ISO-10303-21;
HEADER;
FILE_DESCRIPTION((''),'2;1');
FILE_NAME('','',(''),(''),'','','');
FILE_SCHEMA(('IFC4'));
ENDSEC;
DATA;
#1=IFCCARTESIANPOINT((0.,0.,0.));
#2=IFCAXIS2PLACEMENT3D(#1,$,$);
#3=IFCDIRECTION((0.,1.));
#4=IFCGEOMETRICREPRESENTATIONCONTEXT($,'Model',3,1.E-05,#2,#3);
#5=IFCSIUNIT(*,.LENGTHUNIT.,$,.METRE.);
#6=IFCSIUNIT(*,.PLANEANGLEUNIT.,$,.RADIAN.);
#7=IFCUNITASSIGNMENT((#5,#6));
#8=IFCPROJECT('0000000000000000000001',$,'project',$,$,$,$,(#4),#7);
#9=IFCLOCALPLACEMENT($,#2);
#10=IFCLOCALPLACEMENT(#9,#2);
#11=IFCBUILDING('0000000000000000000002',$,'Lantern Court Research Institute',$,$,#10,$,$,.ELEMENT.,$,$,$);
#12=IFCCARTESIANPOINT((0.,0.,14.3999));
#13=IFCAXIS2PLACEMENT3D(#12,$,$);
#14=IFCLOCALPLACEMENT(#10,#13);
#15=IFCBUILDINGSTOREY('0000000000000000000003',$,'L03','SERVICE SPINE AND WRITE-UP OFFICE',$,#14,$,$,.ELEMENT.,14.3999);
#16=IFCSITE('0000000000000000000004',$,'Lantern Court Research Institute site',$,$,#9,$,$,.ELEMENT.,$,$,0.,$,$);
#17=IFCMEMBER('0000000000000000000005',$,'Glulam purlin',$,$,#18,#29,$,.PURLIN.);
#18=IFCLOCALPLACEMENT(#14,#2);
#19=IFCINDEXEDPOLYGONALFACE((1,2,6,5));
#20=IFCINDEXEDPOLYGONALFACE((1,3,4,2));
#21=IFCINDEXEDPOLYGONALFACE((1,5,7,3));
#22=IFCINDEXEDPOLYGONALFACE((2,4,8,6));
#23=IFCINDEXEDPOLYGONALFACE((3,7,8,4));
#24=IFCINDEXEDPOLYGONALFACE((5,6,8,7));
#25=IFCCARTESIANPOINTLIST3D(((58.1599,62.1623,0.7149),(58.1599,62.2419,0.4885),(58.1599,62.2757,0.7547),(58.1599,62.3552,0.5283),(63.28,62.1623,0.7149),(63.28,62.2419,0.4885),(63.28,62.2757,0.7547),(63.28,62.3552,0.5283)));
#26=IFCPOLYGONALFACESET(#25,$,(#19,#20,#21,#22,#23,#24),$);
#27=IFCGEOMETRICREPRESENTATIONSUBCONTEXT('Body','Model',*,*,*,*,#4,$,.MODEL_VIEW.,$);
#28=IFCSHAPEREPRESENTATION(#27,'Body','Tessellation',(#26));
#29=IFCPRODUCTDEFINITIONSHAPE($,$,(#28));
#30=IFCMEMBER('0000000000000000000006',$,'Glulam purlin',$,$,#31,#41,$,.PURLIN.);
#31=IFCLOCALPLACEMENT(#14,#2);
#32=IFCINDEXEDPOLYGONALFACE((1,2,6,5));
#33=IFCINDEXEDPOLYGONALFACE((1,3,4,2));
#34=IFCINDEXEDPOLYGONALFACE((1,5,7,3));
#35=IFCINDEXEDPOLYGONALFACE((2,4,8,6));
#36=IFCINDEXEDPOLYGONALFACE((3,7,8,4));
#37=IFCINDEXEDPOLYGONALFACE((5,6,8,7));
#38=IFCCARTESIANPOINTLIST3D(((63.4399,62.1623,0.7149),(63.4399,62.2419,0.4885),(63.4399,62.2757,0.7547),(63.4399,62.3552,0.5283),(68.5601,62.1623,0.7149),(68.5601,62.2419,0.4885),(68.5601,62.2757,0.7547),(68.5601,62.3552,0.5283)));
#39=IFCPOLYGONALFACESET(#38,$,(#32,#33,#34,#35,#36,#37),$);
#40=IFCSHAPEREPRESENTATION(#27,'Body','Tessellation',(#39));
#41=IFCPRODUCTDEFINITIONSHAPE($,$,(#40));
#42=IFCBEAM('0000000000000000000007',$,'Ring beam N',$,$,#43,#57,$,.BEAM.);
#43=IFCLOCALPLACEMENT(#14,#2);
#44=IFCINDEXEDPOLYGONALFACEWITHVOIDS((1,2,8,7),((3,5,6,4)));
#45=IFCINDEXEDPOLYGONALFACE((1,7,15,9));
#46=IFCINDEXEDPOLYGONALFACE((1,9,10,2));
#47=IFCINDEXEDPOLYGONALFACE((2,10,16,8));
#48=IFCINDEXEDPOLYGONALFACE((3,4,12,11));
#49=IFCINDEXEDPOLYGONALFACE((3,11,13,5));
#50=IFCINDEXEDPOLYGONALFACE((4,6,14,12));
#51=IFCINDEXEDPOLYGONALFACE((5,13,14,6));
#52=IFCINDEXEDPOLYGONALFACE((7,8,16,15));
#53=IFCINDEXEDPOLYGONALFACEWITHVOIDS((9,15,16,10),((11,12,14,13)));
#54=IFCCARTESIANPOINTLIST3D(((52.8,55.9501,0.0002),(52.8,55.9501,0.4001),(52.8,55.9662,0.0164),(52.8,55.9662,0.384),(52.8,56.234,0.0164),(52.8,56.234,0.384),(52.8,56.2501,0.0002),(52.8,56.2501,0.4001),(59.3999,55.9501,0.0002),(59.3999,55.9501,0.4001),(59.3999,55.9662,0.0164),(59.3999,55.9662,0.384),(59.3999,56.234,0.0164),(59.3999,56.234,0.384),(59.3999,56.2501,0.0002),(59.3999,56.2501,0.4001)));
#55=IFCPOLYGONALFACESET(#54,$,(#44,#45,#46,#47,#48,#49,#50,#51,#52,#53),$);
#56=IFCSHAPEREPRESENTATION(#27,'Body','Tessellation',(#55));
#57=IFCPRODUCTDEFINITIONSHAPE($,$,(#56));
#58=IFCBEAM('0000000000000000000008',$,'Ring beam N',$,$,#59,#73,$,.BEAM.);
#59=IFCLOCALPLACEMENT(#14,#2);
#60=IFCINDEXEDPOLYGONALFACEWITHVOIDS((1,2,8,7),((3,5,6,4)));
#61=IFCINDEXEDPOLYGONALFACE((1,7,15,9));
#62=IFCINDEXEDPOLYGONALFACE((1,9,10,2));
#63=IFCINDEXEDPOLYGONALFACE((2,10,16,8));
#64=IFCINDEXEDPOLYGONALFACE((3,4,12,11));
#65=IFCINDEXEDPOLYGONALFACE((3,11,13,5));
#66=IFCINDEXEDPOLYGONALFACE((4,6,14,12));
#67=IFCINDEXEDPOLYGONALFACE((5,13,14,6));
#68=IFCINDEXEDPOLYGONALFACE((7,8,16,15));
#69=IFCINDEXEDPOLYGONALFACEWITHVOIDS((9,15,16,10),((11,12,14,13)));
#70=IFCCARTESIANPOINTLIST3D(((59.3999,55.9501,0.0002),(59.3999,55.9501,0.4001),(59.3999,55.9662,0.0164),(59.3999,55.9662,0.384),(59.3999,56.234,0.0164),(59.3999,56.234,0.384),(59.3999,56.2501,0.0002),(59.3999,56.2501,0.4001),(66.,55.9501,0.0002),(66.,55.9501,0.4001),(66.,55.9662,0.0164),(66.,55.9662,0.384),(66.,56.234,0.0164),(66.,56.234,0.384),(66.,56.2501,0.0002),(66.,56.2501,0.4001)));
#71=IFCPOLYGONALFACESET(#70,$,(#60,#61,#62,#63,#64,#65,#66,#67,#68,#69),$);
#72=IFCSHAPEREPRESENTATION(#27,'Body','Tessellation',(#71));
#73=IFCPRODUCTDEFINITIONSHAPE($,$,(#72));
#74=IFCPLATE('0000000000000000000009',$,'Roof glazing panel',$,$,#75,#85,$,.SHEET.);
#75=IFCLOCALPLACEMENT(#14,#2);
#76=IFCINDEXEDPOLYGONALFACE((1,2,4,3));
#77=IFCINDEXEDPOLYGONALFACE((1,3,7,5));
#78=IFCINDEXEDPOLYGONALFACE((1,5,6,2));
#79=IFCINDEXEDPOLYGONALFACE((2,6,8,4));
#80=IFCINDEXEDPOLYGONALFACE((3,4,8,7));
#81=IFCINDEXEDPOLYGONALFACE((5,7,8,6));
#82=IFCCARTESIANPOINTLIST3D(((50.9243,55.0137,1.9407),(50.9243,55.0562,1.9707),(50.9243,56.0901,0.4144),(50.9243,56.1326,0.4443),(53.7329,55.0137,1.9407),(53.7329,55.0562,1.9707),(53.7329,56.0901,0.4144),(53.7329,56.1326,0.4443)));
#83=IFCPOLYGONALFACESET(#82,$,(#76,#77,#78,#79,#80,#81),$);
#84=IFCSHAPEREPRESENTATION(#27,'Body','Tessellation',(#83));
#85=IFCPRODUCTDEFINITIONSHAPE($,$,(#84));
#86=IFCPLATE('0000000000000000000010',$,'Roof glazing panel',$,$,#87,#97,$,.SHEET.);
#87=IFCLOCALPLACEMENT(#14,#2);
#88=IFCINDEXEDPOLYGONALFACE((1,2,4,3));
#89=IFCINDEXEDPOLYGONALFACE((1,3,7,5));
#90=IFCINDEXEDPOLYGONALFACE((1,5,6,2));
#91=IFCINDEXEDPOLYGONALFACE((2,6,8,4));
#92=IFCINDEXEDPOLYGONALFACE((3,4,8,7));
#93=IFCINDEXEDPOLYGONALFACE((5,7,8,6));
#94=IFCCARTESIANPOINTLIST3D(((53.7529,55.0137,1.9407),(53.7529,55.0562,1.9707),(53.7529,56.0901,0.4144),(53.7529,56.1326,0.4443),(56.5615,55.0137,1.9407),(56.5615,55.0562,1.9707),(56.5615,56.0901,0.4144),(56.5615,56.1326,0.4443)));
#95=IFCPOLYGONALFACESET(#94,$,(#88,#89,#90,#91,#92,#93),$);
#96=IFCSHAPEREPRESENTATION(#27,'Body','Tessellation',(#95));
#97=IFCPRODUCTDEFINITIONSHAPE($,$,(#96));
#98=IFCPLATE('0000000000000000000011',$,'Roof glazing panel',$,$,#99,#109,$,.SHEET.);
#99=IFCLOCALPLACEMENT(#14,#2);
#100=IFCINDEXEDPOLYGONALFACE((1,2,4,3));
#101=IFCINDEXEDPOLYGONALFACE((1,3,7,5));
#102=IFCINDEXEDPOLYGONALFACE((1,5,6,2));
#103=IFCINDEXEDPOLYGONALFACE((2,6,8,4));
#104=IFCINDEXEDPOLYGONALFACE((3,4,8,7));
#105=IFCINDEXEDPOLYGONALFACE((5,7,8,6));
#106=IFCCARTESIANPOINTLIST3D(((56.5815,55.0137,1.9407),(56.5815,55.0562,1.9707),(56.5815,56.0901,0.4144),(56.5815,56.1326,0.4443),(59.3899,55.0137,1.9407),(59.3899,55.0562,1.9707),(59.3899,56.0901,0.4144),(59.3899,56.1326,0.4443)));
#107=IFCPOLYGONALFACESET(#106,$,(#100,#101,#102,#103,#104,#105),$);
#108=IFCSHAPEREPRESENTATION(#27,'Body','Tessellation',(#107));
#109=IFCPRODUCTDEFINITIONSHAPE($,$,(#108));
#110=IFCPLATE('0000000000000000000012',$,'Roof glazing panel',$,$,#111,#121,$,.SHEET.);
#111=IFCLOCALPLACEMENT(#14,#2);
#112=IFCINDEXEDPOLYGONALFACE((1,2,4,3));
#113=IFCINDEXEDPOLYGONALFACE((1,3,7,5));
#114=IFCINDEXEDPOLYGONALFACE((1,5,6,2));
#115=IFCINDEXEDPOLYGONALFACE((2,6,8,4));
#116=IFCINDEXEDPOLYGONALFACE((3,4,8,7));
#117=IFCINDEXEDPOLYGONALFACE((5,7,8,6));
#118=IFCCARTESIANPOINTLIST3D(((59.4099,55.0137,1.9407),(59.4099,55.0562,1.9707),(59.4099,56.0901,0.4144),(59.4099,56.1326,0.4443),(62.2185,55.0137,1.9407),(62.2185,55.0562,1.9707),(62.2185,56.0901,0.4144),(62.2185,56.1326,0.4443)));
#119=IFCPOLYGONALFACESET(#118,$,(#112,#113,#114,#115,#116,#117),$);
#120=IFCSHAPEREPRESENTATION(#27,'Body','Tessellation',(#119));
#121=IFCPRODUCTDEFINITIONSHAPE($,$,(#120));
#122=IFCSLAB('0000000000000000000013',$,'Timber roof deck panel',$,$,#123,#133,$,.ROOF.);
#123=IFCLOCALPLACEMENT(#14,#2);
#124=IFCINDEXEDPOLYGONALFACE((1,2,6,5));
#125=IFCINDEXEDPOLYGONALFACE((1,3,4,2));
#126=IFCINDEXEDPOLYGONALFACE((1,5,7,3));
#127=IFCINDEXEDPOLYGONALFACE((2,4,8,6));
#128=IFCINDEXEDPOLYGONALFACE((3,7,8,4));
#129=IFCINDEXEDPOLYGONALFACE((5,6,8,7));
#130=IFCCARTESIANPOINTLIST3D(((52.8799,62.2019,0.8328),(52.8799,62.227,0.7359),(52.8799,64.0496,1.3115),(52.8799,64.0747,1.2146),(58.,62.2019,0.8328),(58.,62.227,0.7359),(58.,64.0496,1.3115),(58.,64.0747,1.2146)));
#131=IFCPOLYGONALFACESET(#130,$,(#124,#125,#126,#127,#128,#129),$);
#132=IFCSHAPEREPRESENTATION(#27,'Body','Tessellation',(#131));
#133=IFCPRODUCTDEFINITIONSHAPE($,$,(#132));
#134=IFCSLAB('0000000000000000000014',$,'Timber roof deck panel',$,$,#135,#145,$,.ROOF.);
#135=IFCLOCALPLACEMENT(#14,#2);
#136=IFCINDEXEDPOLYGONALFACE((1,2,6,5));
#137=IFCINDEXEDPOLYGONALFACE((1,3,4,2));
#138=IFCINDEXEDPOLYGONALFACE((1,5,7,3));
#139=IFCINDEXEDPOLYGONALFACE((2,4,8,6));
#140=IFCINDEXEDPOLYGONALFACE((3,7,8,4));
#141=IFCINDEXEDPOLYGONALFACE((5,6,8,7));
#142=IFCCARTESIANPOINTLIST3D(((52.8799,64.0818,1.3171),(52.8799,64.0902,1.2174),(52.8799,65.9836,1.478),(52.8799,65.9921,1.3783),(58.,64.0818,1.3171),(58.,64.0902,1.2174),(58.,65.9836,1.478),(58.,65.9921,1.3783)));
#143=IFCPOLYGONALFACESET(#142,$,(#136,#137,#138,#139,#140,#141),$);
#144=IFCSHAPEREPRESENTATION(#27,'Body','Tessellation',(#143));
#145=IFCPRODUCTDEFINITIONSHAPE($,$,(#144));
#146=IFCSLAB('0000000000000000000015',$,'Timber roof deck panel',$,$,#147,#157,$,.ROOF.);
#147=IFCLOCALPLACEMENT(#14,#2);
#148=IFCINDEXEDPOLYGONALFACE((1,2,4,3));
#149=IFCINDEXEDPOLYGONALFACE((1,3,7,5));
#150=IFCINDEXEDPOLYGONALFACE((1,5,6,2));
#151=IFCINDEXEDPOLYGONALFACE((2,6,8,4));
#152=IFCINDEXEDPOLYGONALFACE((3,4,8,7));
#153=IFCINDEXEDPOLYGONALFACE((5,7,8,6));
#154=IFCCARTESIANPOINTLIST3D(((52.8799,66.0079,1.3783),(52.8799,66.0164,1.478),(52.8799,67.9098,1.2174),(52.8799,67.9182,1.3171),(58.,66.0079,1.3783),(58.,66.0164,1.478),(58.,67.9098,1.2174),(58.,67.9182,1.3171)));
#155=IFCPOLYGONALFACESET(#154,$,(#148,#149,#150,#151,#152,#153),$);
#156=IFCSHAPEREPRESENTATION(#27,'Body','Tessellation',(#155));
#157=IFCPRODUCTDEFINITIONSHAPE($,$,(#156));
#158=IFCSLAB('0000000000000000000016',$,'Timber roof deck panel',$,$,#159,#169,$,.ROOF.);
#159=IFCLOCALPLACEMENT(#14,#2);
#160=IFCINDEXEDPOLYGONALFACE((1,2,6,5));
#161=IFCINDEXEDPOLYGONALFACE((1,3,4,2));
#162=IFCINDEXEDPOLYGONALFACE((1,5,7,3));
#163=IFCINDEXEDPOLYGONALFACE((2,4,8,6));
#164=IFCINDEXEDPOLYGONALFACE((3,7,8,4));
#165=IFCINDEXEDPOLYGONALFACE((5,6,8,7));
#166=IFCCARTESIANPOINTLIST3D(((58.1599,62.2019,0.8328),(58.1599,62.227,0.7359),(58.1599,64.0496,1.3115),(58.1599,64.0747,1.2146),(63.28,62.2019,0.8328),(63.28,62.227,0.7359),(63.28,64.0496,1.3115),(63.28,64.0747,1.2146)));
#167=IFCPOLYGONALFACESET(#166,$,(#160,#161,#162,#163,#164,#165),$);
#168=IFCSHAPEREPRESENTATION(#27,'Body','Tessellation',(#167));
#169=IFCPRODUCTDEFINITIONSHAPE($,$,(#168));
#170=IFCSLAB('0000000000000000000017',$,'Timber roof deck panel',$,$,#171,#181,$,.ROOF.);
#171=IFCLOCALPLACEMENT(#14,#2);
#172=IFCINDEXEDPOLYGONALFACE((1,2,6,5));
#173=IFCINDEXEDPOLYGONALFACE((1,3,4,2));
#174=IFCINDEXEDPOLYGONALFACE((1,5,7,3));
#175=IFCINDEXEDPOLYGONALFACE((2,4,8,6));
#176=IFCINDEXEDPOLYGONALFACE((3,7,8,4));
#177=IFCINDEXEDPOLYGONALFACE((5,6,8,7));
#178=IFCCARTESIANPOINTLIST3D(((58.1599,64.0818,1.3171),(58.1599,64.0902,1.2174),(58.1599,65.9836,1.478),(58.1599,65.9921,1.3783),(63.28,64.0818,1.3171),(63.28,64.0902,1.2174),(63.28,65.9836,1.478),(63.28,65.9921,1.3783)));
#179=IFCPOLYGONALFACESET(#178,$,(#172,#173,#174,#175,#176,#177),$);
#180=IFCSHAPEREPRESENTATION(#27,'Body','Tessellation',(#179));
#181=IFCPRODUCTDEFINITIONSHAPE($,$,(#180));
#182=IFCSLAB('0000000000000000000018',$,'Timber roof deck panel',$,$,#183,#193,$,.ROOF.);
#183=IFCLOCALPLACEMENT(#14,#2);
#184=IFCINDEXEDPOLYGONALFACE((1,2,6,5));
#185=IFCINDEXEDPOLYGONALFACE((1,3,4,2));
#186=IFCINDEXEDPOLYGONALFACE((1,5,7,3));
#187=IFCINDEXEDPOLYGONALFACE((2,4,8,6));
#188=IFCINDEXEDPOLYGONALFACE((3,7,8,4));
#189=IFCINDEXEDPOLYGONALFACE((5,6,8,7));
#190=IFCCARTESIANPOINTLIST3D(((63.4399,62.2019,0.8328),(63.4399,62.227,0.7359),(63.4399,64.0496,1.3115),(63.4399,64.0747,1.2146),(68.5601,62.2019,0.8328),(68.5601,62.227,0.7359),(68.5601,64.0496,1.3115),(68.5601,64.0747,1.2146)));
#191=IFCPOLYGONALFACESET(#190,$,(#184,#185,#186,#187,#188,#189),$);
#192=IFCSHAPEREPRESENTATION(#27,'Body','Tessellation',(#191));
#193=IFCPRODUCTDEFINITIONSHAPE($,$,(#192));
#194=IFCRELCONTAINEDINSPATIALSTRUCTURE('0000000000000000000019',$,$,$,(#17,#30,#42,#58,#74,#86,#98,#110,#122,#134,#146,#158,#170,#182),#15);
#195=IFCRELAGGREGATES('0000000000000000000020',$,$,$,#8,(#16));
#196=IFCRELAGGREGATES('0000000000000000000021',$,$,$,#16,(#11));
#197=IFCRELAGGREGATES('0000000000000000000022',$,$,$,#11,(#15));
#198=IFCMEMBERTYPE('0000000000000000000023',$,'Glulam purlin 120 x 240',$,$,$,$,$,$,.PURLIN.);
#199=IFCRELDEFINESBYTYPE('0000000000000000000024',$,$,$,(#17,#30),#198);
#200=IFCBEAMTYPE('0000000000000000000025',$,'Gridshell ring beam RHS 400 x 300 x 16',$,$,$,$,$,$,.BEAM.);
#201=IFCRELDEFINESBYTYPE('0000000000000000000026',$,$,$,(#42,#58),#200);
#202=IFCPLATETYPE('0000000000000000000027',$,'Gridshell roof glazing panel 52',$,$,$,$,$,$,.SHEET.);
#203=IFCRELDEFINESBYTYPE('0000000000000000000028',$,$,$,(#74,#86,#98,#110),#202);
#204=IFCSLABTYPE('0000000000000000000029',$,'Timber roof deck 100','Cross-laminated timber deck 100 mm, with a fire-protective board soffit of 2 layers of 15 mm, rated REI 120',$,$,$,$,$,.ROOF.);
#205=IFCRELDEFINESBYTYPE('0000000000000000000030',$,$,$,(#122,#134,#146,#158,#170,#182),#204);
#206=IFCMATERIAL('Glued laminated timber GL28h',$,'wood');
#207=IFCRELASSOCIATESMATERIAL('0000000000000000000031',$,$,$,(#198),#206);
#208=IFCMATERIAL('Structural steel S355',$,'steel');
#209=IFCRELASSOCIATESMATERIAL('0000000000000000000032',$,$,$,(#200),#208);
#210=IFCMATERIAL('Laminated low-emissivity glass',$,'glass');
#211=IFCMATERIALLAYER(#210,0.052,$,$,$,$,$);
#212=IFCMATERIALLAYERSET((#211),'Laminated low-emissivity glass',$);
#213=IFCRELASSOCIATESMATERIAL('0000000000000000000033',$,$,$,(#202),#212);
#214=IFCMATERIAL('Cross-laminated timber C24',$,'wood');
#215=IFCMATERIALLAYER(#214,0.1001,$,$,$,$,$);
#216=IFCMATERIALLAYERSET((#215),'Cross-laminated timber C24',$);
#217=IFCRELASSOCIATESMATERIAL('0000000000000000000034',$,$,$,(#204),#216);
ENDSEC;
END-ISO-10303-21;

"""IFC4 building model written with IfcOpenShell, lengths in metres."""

from ifc_helpers import new_model, si_unit, direction, frame, origin, origin_2d, place, context, subcontext, project, spatial, polyline, rectangle, hollow_rectangle, outline, extrude, material, layer, layer_set, material_profile, profile_set, type_object, element, save


model = new_model("IFC4")

# Units and contexts
model_context = context("Model", 3, precision=1e-05, world=origin(), true_north=direction((0.0, 1.0)))
body_context = subcontext(model_context, "Body", "Model", "MODEL_VIEW")
ifc_project = project(units=[si_unit("LENGTHUNIT", "METRE"), si_unit("PLANEANGLEUNIT", "RADIAN")], contexts=[model_context])

# Site, building, storey
site_placement = place(None, origin())
site = spatial("IfcSite", under=ifc_project, at=site_placement, Name="Lantern Court Research Institute site", CompositionType="ELEMENT", RefElevation=0.0)
building_placement = place(site_placement, origin())
building = spatial("IfcBuilding", under=site, at=building_placement, Name="Lantern Court Research Institute", CompositionType="ELEMENT")
storey_placement = place(building_placement, frame((0.0, 0.0, 14.3999)))
storey = spatial("IfcBuildingStorey", under=building, at=storey_placement, Name="L03", Description="SERVICE SPINE AND WRITE-UP OFFICE", CompositionType="ELEMENT", Elevation=14.3999)

# Members
ifc_material_1 = material(Name="Glued laminated timber GL28h", Category="wood")
ifc_material_profile_1 = material_profile(ifc_material_1, rectangle(XDim=0.1201, YDim=0.24, at=origin_2d()), Name="Glulam purlin 120 x 240")
ifc_profile_set_1 = profile_set([ifc_material_profile_1], Name="Glued laminated timber GL28h")
member_type_1 = type_object("IfcMemberType", Name="Glulam purlin 120 x 240", PredefinedType="PURLIN", material=ifc_profile_set_1)
for number, where, z_axis, x_axis, name in (
    (1, (58.1599, 62.2588, 0.6216), (1.0, 0.0, 0.0), (0.0, 0.943398, 0.331663), "Glulam purlin"),
    (2, (63.4399, 62.2588, 0.6216), (1.0, 0.0, 0.0), (0.0, 0.943398, 0.331663), "Glulam purlin"),
):
    element("IfcMember", number, at=place(storey_placement, frame(where, z_axis=z_axis, x_axis=x_axis)), inside=storey, type_object=member_type_1, Name=name, PredefinedType="PURLIN", context=body_context, shape_type="SweptSolid", body=[
        extrude(rectangle(XDim=0.1201, YDim=0.24, at=origin_2d()), origin(), (0.0, 0.0, 1.0), 5.1201),
    ])

# Beams
ifc_material_2 = material(Name="Structural steel S355", Category="steel")
ifc_material_profile_2 = material_profile(ifc_material_2, hollow_rectangle(XDim=0.3, YDim=0.3999, WallThickness=0.0161, at=origin_2d()), Name="Gridshell ring beam RHS 400 x 300 x 16")
ifc_profile_set_2 = profile_set([ifc_material_profile_2], Name="Structural steel S355")
beam_type = type_object("IfcBeamType", Name="Gridshell ring beam RHS 400 x 300 x 16", PredefinedType="BEAM", material=ifc_profile_set_2)
beam_1_placement = place(storey_placement, frame((52.8, 56.1001, 0.2002), z_axis=(1.0, 0.0, 0.0), x_axis=(0.0, 1.0, 0.0)))
element("IfcBeam", 3, at=beam_1_placement, inside=storey, type_object=beam_type, Name="Ring beam N", PredefinedType="BEAM", context=body_context, shape_type="SweptSolid", body=[
    extrude(hollow_rectangle(XDim=0.3, YDim=0.3999, WallThickness=0.0161, at=origin_2d()), origin(), (0.0, 0.0, 1.0), 6.5999),
])
beam_2_placement = place(storey_placement, frame((59.3999, 56.1001, 0.2002), z_axis=(1.0, 0.0, 0.0), x_axis=(0.0, 1.0, 0.0)))
element("IfcBeam", 4, at=beam_2_placement, inside=storey, type_object=beam_type, Name="Ring beam N", PredefinedType="BEAM", context=body_context, shape_type="SweptSolid", body=[
    extrude(hollow_rectangle(XDim=0.3, YDim=0.3999, WallThickness=0.0161, at=origin_2d()), origin(), (0.0, 0.0, 1.0), 6.6001),
])

# Plates
ifc_material_3 = material(Name="Laminated low-emissivity glass", Category="glass")
ifc_layer_1 = layer(ifc_material_3, 0.052)
ifc_layer_set_1 = layer_set([ifc_layer_1], Name="Laminated low-emissivity glass")
plate_type = type_object("IfcPlateType", Name="Gridshell roof glazing panel 52", PredefinedType="SHEET", material=ifc_layer_set_1)
for number, where, z_axis, x_axis, name in (
    (5, (53.7329, 55.0562, 1.9707), (0.0, 0.817225, 0.576319), (-1.0, 0.0, 0.0), "Roof glazing panel"),
    (6, (56.5615, 55.0562, 1.9707), (0.0, 0.817225, 0.576319), (-1.0, 0.0, 0.0), "Roof glazing panel"),
):
    element("IfcPlate", number, at=place(storey_placement, frame(where, z_axis=z_axis, x_axis=x_axis)), inside=storey, type_object=plate_type, Name=name, PredefinedType="SHEET", context=body_context, shape_type="SweptSolid", body=[
        extrude(outline(polyline([(0.0, 0.0), (2.8086, 0.0), (2.8086, -1.8677), (0.0, -1.8677), (0.0, 0.0)])), origin(), (0.0, 0.0, -1.0), 0.052),
    ])
plate_1_placement = place(storey_placement, frame((59.3899, 55.0562, 1.9707), z_axis=(0.0, 0.817225, 0.576319), x_axis=(-1.0, 0.0, 0.0)))
element("IfcPlate", 7, at=plate_1_placement, inside=storey, type_object=plate_type, Name="Roof glazing panel", PredefinedType="SHEET", context=body_context, shape_type="SweptSolid", body=[
    extrude(outline(polyline([(0.0, 0.0), (2.8083, 0.0), (2.8083, -1.8677), (0.0, -1.8677), (0.0, 0.0)])), origin(), (0.0, 0.0, -1.0), 0.052),
])
plate_2_placement = place(storey_placement, frame((62.2185, 55.0562, 1.9707), z_axis=(0.0, 0.817225, 0.576319), x_axis=(-1.0, 0.0, 0.0)))
element("IfcPlate", 8, at=plate_2_placement, inside=storey, type_object=plate_type, Name="Roof glazing panel", PredefinedType="SHEET", context=body_context, shape_type="SweptSolid", body=[
    extrude(outline(polyline([(0.0, 0.0), (2.8086, 0.0), (2.8086, -1.8677), (0.0, -1.8677), (0.0, 0.0)])), origin(), (0.0, 0.0, -1.0), 0.052),
])

# Slabs
ifc_material_4 = material(Name="Cross-laminated timber C24", Category="wood")
ifc_layer_2 = layer(ifc_material_4, 0.1001)
ifc_layer_set_2 = layer_set([ifc_layer_2], Name="Cross-laminated timber C24")
slab_type_1 = type_object("IfcSlabType", Name="Timber roof deck 100", Description="Cross-laminated timber deck 100 mm, with a fire-protective board soffit of 2 layers of 15 mm, rated REI 120", PredefinedType="ROOF", material=ifc_layer_set_2)
slab_1_placement = place(storey_placement, frame((52.8799, 62.2019, 0.8328), z_axis=(0.0, -0.250833, 0.96803), x_axis=(1.0, 0.0, 0.0)))
element("IfcSlab", 9, at=slab_1_placement, inside=storey, type_object=slab_type_1, Name="Timber roof deck panel", PredefinedType="ROOF", context=body_context, shape_type="SweptSolid", body=[
    extrude(outline(polyline([(0.0, 0.0), (5.1201, 0.0), (5.1201, 1.9087), (0.0, 1.9087), (0.0, 0.0)])), origin(), (0.0, 0.0, -1.0), 0.1001),
])
for number, where, z_axis, x_axis, name in (
    (10, (52.8799, 64.0818, 1.3171), (0.0, -0.084295, 0.996441), (1.0, 0.0, 0.0), "Timber roof deck panel"),
    (11, (52.8799, 66.0164, 1.478), (0.0, 0.084295, 0.996441), (1.0, 0.0, 0.0), "Timber roof deck panel"),
):
    element("IfcSlab", number, at=place(storey_placement, frame(where, z_axis=z_axis, x_axis=x_axis)), inside=storey, type_object=slab_type_1, Name=name, PredefinedType="ROOF", context=body_context, shape_type="SweptSolid", body=[
        extrude(outline(polyline([(0.0, 0.0), (5.1201, 0.0), (5.1201, 1.9086), (0.0, 1.9086), (0.0, 0.0)])), origin(), (0.0, 0.0, -1.0), 0.1001),
    ])
slab_2_placement = place(storey_placement, frame((58.1599, 62.2019, 0.8328), z_axis=(0.0, -0.250833, 0.96803), x_axis=(1.0, 0.0, 0.0)))
element("IfcSlab", 12, at=slab_2_placement, inside=storey, type_object=slab_type_1, Name="Timber roof deck panel", PredefinedType="ROOF", context=body_context, shape_type="SweptSolid", body=[
    extrude(outline(polyline([(0.0, 0.0), (5.1201, 0.0), (5.1201, 1.9087), (0.0, 1.9087), (0.0, 0.0)])), origin(), (0.0, 0.0, -1.0), 0.1001),
])
slab_3_placement = place(storey_placement, frame((58.1599, 64.0818, 1.3171), z_axis=(0.0, -0.084295, 0.996441), x_axis=(1.0, 0.0, 0.0)))
element("IfcSlab", 13, at=slab_3_placement, inside=storey, type_object=slab_type_1, Name="Timber roof deck panel", PredefinedType="ROOF", context=body_context, shape_type="SweptSolid", body=[
    extrude(outline(polyline([(0.0, 0.0), (5.1201, 0.0), (5.1201, 1.9086), (0.0, 1.9086), (0.0, 0.0)])), origin(), (0.0, 0.0, -1.0), 0.1001),
])
slab_4_placement = place(storey_placement, frame((63.4399, 62.2019, 0.8328), z_axis=(0.0, -0.250833, 0.96803), x_axis=(1.0, 0.0, 0.0)))
element("IfcSlab", 14, at=slab_4_placement, inside=storey, type_object=slab_type_1, Name="Timber roof deck panel", PredefinedType="ROOF", context=body_context, shape_type="SweptSolid", body=[
    extrude(outline(polyline([(0.0, 0.0), (5.1201, 0.0), (5.1201, 1.9087), (0.0, 1.9087), (0.0, 0.0)])), origin(), (0.0, 0.0, -1.0), 0.1001),
])

save(model, "model.ifc")
